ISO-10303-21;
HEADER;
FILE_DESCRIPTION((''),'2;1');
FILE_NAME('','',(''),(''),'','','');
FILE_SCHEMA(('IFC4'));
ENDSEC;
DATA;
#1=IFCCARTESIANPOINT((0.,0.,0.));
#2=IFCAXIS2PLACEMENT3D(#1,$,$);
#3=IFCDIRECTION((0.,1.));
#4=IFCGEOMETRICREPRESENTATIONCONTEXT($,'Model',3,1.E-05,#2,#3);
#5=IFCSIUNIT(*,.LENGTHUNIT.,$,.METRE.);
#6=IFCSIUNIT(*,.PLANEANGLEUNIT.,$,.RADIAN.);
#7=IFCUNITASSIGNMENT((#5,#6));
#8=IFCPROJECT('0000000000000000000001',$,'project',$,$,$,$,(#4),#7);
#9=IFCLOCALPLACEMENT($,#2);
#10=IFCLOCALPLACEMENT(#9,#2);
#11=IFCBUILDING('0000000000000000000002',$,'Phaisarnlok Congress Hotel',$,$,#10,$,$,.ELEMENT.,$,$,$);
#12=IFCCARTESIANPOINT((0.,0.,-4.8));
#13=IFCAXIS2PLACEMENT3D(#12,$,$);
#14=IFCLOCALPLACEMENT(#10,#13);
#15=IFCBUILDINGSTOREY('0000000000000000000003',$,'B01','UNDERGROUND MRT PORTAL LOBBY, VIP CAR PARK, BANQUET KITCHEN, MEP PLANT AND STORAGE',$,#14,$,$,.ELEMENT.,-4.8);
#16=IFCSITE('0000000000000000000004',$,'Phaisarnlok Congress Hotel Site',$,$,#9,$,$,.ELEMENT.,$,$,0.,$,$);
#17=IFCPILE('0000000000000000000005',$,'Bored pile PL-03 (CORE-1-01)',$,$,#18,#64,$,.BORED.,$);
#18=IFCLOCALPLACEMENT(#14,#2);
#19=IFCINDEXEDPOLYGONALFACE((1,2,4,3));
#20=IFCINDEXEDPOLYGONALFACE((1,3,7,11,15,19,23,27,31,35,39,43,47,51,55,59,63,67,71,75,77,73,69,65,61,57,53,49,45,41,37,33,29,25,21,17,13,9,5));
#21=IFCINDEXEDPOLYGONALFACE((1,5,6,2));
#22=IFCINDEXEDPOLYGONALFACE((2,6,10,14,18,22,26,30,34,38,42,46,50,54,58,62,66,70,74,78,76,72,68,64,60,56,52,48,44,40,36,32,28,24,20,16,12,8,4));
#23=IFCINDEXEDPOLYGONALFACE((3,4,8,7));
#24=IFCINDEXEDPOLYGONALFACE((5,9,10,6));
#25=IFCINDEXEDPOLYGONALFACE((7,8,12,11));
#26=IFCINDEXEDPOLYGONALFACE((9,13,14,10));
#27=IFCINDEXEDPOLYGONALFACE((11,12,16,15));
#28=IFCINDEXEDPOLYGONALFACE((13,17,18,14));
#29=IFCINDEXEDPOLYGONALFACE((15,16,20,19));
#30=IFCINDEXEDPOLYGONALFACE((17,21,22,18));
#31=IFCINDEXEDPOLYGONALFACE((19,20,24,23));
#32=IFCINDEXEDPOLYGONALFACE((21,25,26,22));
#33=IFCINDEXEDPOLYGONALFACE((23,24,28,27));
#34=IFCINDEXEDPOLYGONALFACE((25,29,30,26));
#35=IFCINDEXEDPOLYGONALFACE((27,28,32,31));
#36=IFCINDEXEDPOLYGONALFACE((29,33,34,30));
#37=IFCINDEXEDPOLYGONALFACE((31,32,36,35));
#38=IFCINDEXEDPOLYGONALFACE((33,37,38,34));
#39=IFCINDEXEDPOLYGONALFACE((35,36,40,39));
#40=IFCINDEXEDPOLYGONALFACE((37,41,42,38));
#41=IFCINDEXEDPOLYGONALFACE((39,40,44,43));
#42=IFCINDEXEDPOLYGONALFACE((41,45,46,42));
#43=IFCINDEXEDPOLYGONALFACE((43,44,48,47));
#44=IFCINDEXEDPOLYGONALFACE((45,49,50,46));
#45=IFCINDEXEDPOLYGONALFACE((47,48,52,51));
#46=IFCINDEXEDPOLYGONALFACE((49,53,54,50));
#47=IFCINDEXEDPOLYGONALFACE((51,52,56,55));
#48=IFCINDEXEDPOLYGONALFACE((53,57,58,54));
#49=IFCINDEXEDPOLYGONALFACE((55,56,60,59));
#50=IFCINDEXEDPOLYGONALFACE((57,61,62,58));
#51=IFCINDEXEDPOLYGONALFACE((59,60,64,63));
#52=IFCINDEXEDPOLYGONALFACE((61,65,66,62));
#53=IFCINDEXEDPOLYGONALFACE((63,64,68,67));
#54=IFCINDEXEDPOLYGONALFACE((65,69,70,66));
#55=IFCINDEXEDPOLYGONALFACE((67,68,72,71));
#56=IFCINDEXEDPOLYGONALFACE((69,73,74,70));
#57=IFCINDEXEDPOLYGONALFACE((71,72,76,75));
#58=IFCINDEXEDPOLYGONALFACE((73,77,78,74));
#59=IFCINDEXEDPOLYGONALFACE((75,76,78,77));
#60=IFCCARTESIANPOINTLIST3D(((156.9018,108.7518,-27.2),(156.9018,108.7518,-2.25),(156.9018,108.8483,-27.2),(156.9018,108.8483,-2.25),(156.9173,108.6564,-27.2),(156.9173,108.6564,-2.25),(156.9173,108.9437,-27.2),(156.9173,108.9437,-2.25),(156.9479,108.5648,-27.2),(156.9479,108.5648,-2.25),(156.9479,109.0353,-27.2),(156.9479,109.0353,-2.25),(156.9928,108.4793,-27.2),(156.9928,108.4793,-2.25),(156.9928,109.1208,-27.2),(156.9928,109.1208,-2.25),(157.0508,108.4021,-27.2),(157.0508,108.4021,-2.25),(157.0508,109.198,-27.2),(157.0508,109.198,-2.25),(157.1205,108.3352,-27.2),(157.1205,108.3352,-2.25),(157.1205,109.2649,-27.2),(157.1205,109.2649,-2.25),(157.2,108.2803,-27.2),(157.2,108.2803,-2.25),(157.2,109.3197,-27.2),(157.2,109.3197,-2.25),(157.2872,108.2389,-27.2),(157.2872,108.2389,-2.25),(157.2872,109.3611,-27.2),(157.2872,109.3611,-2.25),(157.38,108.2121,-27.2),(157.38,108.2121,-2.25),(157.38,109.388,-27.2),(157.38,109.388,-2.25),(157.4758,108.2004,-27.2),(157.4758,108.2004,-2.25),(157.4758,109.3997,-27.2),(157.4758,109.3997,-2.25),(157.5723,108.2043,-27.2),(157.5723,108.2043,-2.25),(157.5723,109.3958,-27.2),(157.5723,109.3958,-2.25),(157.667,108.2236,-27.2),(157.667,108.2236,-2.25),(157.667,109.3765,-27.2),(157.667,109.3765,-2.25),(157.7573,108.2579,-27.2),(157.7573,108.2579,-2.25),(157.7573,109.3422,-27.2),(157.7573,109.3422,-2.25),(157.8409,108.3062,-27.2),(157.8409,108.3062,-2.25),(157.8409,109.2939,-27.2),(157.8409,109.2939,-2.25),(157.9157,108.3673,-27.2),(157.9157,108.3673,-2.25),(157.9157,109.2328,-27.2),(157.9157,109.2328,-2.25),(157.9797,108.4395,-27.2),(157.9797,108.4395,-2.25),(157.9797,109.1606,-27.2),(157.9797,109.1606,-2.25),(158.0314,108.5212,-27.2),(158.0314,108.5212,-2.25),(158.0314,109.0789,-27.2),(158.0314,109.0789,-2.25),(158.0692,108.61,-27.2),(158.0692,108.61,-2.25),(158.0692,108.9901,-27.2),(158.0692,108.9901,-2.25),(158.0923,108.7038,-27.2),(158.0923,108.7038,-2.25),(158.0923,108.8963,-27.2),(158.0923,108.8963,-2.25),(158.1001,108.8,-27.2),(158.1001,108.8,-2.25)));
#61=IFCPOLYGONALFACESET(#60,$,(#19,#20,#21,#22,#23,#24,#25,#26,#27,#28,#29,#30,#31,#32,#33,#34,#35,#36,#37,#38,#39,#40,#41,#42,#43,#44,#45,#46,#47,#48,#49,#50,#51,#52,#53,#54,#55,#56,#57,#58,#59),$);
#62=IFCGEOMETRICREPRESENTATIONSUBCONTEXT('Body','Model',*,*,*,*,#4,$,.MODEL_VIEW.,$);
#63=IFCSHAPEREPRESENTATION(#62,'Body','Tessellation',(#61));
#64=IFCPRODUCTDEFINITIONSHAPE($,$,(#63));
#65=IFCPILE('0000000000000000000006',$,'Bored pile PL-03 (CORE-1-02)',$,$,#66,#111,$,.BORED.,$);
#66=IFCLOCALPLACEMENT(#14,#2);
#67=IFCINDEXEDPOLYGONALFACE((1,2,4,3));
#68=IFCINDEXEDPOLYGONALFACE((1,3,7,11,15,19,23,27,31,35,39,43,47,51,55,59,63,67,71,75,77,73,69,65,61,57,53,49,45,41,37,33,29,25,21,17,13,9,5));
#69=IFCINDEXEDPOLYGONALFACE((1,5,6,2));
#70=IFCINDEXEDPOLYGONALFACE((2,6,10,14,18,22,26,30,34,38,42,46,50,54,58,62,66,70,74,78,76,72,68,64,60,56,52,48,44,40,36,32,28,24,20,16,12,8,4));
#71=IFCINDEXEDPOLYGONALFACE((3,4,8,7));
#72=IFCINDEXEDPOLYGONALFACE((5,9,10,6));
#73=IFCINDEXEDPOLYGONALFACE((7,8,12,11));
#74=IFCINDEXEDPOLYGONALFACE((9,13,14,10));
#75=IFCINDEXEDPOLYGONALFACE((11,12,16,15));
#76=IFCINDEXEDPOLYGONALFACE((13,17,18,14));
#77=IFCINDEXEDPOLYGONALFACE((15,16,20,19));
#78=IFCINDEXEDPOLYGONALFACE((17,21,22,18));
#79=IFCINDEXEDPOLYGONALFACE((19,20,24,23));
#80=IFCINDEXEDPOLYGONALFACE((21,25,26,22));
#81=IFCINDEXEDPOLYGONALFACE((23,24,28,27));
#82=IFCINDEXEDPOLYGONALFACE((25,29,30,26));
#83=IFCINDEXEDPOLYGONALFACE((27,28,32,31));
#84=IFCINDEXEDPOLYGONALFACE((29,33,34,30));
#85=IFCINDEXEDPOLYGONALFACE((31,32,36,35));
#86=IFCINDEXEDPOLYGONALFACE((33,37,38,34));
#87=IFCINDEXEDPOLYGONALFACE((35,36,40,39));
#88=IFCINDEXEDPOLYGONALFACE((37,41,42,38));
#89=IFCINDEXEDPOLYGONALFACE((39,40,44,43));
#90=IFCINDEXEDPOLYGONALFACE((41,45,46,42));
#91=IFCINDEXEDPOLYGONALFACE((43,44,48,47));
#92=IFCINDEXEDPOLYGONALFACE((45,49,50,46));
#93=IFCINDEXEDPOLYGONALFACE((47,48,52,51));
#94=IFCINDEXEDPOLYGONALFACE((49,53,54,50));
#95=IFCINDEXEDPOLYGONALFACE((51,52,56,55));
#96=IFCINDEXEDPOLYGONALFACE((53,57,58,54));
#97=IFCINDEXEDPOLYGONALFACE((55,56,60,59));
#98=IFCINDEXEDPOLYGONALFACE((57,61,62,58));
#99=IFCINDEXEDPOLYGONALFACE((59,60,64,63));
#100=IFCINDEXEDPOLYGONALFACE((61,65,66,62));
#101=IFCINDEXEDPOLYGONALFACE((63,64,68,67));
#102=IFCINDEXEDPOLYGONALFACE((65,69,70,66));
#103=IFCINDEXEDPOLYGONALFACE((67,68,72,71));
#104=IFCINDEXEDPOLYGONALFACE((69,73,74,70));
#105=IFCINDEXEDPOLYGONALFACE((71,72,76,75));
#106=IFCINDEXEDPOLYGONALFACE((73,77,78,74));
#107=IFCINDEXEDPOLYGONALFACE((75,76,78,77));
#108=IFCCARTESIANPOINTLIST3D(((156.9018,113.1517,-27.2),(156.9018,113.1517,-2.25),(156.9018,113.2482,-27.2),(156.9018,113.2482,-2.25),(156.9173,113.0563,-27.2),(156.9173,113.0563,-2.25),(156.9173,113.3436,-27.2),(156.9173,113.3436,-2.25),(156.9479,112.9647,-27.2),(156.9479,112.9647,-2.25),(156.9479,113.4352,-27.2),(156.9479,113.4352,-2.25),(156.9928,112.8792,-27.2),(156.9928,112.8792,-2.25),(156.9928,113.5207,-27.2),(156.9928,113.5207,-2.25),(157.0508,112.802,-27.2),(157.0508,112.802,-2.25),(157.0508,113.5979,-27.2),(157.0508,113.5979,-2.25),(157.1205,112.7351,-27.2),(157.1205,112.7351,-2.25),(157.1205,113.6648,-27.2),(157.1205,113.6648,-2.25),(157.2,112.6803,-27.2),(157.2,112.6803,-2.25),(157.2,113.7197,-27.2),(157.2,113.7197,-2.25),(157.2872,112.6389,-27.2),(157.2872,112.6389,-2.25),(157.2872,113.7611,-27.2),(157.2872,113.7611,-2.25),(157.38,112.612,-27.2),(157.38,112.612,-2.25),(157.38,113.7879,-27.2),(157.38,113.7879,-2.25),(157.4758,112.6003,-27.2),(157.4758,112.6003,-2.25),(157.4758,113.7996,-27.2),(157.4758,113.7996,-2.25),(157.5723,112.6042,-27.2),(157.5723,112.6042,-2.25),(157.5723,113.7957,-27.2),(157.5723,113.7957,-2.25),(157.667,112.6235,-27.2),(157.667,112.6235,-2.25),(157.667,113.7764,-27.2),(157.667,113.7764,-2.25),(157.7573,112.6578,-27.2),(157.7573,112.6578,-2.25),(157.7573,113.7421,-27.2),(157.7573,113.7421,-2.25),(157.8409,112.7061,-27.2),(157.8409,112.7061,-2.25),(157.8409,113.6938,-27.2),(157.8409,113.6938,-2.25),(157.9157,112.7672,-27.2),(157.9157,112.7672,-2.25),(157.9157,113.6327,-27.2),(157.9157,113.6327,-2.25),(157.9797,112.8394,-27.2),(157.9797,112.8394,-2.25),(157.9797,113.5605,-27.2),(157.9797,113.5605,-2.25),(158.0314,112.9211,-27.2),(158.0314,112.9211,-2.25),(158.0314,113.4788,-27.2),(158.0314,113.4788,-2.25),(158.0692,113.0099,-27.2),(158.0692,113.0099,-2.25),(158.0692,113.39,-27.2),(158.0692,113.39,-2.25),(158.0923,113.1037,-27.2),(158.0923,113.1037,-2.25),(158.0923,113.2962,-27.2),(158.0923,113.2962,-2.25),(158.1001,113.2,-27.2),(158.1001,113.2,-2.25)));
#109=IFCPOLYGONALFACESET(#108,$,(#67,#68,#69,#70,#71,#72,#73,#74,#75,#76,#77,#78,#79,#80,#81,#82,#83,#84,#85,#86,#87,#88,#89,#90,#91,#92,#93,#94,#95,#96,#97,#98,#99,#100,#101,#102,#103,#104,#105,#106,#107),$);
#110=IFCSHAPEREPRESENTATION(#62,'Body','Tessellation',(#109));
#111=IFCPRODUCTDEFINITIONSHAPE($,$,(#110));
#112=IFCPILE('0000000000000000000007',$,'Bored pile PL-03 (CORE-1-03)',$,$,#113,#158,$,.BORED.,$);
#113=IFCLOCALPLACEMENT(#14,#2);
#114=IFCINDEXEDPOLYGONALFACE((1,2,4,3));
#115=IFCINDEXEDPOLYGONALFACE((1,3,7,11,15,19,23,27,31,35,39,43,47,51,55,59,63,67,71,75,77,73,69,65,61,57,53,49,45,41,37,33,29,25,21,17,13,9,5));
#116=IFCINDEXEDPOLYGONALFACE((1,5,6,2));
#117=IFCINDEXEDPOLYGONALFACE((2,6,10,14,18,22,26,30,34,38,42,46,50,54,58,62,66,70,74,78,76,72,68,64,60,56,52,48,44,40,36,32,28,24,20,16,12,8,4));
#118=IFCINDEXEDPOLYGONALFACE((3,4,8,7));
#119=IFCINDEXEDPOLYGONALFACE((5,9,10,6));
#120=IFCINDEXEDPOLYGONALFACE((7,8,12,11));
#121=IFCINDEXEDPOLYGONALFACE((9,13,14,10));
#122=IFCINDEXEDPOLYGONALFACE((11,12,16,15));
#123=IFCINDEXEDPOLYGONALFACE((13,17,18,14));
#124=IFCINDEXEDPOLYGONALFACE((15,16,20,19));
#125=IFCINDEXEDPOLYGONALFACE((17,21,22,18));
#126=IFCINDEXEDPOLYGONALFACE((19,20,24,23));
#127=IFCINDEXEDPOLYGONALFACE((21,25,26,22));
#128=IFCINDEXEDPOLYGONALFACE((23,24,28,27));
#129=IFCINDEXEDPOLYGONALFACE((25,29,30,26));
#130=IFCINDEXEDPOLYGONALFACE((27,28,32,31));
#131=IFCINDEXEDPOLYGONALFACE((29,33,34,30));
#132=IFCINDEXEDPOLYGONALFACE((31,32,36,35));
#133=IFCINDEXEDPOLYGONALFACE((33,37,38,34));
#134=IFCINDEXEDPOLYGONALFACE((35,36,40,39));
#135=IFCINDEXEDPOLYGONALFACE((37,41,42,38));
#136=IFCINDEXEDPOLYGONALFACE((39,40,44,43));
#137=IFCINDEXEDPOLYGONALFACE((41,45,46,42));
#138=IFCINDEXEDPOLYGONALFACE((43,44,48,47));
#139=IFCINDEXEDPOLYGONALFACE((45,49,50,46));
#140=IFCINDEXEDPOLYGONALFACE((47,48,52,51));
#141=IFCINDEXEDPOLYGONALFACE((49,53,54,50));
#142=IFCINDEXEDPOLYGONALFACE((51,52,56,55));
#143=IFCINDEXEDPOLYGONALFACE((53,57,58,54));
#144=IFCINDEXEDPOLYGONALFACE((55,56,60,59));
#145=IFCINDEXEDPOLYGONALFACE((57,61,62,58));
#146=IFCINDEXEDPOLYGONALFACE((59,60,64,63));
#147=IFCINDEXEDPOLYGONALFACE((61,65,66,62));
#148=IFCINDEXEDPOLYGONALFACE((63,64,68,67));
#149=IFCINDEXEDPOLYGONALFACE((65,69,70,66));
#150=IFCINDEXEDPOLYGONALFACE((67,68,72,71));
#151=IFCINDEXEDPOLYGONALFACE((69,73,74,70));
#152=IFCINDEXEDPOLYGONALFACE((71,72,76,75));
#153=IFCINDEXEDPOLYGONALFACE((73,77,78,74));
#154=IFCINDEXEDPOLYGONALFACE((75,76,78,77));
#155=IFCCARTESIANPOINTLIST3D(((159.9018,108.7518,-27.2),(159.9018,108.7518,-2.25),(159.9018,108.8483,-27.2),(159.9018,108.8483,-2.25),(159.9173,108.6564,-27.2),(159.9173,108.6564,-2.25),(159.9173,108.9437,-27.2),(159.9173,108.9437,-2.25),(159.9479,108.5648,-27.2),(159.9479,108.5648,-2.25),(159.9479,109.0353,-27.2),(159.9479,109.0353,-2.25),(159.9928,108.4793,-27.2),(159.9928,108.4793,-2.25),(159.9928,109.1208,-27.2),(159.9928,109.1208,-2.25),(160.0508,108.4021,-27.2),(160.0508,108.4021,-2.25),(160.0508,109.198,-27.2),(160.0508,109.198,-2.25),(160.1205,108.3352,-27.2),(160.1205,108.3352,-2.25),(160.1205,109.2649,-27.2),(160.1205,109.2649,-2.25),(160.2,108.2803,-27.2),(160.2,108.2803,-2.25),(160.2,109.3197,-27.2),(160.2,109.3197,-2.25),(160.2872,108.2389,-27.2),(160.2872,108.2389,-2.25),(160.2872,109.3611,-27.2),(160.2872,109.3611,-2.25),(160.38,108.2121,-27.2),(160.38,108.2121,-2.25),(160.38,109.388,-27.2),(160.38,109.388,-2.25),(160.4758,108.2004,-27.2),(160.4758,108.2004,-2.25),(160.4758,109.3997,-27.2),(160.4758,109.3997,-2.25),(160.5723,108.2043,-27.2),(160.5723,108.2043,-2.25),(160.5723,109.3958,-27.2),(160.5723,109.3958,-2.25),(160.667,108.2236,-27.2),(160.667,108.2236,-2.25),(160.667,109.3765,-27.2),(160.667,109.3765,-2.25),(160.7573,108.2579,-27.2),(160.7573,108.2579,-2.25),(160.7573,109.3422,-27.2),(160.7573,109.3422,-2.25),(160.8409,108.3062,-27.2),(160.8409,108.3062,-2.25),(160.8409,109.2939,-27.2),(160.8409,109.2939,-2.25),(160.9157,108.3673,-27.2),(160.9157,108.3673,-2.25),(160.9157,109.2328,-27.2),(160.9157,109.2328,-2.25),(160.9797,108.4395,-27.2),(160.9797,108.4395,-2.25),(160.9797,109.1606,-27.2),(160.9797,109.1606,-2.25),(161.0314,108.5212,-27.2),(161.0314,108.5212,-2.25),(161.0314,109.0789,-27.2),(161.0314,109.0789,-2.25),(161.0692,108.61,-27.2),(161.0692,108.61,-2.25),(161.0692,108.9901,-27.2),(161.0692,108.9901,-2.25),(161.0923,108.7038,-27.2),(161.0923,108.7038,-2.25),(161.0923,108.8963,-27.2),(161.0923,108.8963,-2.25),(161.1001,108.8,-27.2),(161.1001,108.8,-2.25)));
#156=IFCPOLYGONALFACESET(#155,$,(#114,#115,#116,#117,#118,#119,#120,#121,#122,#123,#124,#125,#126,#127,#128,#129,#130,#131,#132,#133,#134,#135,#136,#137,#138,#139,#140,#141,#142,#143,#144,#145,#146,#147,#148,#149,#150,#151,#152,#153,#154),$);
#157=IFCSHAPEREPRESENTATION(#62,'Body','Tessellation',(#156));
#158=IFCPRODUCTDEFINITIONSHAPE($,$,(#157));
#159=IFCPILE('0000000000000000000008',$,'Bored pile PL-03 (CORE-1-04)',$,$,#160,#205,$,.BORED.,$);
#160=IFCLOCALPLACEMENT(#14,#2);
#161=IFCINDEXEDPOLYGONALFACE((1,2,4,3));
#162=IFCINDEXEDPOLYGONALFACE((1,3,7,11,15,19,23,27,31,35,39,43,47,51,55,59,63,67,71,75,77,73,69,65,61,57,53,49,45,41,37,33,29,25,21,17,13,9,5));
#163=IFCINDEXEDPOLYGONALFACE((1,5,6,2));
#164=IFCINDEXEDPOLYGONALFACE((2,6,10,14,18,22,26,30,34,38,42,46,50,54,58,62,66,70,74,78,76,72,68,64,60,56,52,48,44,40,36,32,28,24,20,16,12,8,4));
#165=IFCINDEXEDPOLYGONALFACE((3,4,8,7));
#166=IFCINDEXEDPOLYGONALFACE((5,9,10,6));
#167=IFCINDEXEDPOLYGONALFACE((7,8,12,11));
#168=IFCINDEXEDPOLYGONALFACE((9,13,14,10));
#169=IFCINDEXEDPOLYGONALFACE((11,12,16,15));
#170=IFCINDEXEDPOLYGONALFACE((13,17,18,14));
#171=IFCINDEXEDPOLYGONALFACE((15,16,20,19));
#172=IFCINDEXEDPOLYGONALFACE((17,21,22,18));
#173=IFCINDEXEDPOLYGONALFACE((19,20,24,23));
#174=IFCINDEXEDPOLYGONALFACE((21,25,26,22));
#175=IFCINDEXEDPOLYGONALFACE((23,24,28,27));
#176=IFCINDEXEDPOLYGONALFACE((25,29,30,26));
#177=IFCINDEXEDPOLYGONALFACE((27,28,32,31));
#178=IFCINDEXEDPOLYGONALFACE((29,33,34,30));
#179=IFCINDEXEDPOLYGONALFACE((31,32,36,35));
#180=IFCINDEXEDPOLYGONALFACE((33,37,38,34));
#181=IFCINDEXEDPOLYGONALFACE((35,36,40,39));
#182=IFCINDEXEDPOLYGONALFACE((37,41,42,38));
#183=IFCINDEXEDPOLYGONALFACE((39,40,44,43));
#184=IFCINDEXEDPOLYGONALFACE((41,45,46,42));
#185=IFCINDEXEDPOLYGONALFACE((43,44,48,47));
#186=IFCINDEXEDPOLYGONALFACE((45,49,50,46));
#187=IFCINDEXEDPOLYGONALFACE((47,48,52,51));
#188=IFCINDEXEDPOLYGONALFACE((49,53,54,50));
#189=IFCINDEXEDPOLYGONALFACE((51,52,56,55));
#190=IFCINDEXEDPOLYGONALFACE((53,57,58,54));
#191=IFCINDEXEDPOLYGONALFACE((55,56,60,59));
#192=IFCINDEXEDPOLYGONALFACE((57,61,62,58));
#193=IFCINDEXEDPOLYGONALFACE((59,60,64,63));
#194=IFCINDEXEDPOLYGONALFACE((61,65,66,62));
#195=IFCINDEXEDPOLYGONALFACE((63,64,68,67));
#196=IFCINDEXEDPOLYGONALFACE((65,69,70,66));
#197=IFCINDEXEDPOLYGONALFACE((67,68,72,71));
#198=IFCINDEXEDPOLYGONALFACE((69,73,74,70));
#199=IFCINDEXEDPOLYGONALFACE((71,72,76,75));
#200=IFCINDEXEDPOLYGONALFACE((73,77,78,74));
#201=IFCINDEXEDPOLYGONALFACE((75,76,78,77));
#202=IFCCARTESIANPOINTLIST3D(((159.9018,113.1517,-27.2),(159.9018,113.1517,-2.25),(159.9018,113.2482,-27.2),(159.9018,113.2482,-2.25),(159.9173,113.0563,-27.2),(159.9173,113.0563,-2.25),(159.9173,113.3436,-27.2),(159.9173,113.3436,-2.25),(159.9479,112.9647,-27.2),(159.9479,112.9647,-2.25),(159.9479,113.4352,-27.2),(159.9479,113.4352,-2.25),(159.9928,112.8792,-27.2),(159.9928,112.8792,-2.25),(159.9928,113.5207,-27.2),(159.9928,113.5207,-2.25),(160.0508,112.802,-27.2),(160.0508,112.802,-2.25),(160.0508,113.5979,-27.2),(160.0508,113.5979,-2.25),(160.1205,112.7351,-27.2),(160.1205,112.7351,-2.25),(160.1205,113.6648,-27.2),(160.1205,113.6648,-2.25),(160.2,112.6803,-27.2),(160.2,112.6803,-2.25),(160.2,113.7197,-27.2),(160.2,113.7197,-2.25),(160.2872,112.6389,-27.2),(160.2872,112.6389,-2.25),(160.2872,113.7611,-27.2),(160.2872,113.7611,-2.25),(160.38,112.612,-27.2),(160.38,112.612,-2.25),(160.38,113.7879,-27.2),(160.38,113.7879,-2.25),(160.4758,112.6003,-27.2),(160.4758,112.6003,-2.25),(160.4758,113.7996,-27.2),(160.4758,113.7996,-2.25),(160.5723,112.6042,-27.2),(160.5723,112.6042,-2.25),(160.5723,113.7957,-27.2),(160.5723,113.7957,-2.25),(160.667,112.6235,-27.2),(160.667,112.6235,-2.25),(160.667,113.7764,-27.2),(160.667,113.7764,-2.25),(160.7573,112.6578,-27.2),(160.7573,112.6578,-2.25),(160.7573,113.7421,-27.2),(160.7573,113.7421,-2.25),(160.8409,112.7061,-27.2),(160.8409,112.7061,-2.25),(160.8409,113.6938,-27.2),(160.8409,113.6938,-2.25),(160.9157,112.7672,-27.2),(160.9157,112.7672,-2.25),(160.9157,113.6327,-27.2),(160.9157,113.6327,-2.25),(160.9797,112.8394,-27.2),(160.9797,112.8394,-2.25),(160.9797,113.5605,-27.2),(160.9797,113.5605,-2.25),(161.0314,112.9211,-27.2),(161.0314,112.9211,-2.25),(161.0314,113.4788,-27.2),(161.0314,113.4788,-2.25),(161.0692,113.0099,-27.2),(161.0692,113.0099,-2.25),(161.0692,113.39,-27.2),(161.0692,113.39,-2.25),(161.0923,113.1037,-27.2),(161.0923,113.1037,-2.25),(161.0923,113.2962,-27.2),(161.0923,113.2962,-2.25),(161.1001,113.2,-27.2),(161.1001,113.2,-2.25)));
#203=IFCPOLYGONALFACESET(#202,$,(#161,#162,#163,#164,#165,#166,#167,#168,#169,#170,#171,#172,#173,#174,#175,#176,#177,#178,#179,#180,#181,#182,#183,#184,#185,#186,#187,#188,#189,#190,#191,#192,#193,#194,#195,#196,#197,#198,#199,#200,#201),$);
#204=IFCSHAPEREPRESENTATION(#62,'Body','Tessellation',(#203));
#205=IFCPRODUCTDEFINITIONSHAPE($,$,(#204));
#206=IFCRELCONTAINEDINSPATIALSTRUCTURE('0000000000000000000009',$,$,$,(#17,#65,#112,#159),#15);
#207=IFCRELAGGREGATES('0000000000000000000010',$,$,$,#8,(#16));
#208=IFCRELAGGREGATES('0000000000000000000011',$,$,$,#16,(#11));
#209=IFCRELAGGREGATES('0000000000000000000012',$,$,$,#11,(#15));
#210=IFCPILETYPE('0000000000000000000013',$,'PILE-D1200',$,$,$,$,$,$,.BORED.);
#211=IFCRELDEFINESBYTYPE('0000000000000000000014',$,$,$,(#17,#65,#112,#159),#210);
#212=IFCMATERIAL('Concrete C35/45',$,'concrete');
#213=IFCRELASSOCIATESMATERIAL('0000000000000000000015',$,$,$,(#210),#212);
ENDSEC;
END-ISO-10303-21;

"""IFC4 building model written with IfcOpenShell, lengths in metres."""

from ifc_helpers import new_model, si_unit, direction, frame, origin, origin_2d, place, context, subcontext, project, spatial, circle, extrude, material, material_profile, profile_set, type_object, element, save


model = new_model("IFC4")

# Units and contexts
model_context = context("Model", 3, precision=1e-05, world=origin(), true_north=direction((0.0, 1.0)))
body_context = subcontext(model_context, "Body", "Model", "MODEL_VIEW")
ifc_project = project(units=[si_unit("LENGTHUNIT", "METRE"), si_unit("PLANEANGLEUNIT", "RADIAN")], contexts=[model_context])

# Site, building, storey
site_placement = place(None, origin())
site = spatial("IfcSite", under=ifc_project, at=site_placement, Name="Phaisarnlok Congress Hotel Site", CompositionType="ELEMENT", RefElevation=0.0)
building_placement = place(site_placement, origin())
building = spatial("IfcBuilding", under=site, at=building_placement, Name="Phaisarnlok Congress Hotel", CompositionType="ELEMENT")
storey_placement = place(building_placement, frame((0.0, 0.0, -4.8)))
storey = spatial("IfcBuildingStorey", under=building, at=storey_placement, Name="B01", Description="UNDERGROUND MRT PORTAL LOBBY, VIP CAR PARK, BANQUET KITCHEN, MEP PLANT AND STORAGE", CompositionType="ELEMENT", Elevation=-4.8)

# Piles
ifc_material_1 = material(Name="Concrete C35/45", Category="concrete")
ifc_material_profile_1 = material_profile(ifc_material_1, circle(Radius=0.6001, at=origin_2d()), Name="BORED PILE D1200")
ifc_profile_set_1 = profile_set([ifc_material_profile_1], Name="Concrete C35/45")
pile_type_1 = type_object("IfcPileType", Name="PILE-D1200", PredefinedType="BORED", material=ifc_profile_set_1)
for number, where, z_axis, x_axis, name in (
    (1, (157.5, 108.8, -2.25), (0.0, 0.0, -1.0), (1.0, 0.0, 0.0), "Bored pile PL-03 (CORE-1-01)"),
    (2, (157.5, 113.2, -2.25), (0.0, 0.0, -1.0), (1.0, 0.0, 0.0), "Bored pile PL-03 (CORE-1-02)"),
    (3, (160.5, 108.8, -2.25), (0.0, 0.0, -1.0), (1.0, 0.0, 0.0), "Bored pile PL-03 (CORE-1-03)"),
    (4, (160.5, 113.2, -2.25), (0.0, 0.0, -1.0), (1.0, 0.0, 0.0), "Bored pile PL-03 (CORE-1-04)"),
):
    element("IfcPile", number, at=place(storey_placement, frame(where, z_axis=z_axis, x_axis=x_axis)), inside=storey, type_object=pile_type_1, Name=name, PredefinedType="BORED", context=body_context, shape_type="SweptSolid", body=[
        extrude(circle(Radius=0.6001, at=origin_2d()), origin(), (0.0, 0.0, 1.0), 24.95),
    ])

save(model, "model.ifc")
